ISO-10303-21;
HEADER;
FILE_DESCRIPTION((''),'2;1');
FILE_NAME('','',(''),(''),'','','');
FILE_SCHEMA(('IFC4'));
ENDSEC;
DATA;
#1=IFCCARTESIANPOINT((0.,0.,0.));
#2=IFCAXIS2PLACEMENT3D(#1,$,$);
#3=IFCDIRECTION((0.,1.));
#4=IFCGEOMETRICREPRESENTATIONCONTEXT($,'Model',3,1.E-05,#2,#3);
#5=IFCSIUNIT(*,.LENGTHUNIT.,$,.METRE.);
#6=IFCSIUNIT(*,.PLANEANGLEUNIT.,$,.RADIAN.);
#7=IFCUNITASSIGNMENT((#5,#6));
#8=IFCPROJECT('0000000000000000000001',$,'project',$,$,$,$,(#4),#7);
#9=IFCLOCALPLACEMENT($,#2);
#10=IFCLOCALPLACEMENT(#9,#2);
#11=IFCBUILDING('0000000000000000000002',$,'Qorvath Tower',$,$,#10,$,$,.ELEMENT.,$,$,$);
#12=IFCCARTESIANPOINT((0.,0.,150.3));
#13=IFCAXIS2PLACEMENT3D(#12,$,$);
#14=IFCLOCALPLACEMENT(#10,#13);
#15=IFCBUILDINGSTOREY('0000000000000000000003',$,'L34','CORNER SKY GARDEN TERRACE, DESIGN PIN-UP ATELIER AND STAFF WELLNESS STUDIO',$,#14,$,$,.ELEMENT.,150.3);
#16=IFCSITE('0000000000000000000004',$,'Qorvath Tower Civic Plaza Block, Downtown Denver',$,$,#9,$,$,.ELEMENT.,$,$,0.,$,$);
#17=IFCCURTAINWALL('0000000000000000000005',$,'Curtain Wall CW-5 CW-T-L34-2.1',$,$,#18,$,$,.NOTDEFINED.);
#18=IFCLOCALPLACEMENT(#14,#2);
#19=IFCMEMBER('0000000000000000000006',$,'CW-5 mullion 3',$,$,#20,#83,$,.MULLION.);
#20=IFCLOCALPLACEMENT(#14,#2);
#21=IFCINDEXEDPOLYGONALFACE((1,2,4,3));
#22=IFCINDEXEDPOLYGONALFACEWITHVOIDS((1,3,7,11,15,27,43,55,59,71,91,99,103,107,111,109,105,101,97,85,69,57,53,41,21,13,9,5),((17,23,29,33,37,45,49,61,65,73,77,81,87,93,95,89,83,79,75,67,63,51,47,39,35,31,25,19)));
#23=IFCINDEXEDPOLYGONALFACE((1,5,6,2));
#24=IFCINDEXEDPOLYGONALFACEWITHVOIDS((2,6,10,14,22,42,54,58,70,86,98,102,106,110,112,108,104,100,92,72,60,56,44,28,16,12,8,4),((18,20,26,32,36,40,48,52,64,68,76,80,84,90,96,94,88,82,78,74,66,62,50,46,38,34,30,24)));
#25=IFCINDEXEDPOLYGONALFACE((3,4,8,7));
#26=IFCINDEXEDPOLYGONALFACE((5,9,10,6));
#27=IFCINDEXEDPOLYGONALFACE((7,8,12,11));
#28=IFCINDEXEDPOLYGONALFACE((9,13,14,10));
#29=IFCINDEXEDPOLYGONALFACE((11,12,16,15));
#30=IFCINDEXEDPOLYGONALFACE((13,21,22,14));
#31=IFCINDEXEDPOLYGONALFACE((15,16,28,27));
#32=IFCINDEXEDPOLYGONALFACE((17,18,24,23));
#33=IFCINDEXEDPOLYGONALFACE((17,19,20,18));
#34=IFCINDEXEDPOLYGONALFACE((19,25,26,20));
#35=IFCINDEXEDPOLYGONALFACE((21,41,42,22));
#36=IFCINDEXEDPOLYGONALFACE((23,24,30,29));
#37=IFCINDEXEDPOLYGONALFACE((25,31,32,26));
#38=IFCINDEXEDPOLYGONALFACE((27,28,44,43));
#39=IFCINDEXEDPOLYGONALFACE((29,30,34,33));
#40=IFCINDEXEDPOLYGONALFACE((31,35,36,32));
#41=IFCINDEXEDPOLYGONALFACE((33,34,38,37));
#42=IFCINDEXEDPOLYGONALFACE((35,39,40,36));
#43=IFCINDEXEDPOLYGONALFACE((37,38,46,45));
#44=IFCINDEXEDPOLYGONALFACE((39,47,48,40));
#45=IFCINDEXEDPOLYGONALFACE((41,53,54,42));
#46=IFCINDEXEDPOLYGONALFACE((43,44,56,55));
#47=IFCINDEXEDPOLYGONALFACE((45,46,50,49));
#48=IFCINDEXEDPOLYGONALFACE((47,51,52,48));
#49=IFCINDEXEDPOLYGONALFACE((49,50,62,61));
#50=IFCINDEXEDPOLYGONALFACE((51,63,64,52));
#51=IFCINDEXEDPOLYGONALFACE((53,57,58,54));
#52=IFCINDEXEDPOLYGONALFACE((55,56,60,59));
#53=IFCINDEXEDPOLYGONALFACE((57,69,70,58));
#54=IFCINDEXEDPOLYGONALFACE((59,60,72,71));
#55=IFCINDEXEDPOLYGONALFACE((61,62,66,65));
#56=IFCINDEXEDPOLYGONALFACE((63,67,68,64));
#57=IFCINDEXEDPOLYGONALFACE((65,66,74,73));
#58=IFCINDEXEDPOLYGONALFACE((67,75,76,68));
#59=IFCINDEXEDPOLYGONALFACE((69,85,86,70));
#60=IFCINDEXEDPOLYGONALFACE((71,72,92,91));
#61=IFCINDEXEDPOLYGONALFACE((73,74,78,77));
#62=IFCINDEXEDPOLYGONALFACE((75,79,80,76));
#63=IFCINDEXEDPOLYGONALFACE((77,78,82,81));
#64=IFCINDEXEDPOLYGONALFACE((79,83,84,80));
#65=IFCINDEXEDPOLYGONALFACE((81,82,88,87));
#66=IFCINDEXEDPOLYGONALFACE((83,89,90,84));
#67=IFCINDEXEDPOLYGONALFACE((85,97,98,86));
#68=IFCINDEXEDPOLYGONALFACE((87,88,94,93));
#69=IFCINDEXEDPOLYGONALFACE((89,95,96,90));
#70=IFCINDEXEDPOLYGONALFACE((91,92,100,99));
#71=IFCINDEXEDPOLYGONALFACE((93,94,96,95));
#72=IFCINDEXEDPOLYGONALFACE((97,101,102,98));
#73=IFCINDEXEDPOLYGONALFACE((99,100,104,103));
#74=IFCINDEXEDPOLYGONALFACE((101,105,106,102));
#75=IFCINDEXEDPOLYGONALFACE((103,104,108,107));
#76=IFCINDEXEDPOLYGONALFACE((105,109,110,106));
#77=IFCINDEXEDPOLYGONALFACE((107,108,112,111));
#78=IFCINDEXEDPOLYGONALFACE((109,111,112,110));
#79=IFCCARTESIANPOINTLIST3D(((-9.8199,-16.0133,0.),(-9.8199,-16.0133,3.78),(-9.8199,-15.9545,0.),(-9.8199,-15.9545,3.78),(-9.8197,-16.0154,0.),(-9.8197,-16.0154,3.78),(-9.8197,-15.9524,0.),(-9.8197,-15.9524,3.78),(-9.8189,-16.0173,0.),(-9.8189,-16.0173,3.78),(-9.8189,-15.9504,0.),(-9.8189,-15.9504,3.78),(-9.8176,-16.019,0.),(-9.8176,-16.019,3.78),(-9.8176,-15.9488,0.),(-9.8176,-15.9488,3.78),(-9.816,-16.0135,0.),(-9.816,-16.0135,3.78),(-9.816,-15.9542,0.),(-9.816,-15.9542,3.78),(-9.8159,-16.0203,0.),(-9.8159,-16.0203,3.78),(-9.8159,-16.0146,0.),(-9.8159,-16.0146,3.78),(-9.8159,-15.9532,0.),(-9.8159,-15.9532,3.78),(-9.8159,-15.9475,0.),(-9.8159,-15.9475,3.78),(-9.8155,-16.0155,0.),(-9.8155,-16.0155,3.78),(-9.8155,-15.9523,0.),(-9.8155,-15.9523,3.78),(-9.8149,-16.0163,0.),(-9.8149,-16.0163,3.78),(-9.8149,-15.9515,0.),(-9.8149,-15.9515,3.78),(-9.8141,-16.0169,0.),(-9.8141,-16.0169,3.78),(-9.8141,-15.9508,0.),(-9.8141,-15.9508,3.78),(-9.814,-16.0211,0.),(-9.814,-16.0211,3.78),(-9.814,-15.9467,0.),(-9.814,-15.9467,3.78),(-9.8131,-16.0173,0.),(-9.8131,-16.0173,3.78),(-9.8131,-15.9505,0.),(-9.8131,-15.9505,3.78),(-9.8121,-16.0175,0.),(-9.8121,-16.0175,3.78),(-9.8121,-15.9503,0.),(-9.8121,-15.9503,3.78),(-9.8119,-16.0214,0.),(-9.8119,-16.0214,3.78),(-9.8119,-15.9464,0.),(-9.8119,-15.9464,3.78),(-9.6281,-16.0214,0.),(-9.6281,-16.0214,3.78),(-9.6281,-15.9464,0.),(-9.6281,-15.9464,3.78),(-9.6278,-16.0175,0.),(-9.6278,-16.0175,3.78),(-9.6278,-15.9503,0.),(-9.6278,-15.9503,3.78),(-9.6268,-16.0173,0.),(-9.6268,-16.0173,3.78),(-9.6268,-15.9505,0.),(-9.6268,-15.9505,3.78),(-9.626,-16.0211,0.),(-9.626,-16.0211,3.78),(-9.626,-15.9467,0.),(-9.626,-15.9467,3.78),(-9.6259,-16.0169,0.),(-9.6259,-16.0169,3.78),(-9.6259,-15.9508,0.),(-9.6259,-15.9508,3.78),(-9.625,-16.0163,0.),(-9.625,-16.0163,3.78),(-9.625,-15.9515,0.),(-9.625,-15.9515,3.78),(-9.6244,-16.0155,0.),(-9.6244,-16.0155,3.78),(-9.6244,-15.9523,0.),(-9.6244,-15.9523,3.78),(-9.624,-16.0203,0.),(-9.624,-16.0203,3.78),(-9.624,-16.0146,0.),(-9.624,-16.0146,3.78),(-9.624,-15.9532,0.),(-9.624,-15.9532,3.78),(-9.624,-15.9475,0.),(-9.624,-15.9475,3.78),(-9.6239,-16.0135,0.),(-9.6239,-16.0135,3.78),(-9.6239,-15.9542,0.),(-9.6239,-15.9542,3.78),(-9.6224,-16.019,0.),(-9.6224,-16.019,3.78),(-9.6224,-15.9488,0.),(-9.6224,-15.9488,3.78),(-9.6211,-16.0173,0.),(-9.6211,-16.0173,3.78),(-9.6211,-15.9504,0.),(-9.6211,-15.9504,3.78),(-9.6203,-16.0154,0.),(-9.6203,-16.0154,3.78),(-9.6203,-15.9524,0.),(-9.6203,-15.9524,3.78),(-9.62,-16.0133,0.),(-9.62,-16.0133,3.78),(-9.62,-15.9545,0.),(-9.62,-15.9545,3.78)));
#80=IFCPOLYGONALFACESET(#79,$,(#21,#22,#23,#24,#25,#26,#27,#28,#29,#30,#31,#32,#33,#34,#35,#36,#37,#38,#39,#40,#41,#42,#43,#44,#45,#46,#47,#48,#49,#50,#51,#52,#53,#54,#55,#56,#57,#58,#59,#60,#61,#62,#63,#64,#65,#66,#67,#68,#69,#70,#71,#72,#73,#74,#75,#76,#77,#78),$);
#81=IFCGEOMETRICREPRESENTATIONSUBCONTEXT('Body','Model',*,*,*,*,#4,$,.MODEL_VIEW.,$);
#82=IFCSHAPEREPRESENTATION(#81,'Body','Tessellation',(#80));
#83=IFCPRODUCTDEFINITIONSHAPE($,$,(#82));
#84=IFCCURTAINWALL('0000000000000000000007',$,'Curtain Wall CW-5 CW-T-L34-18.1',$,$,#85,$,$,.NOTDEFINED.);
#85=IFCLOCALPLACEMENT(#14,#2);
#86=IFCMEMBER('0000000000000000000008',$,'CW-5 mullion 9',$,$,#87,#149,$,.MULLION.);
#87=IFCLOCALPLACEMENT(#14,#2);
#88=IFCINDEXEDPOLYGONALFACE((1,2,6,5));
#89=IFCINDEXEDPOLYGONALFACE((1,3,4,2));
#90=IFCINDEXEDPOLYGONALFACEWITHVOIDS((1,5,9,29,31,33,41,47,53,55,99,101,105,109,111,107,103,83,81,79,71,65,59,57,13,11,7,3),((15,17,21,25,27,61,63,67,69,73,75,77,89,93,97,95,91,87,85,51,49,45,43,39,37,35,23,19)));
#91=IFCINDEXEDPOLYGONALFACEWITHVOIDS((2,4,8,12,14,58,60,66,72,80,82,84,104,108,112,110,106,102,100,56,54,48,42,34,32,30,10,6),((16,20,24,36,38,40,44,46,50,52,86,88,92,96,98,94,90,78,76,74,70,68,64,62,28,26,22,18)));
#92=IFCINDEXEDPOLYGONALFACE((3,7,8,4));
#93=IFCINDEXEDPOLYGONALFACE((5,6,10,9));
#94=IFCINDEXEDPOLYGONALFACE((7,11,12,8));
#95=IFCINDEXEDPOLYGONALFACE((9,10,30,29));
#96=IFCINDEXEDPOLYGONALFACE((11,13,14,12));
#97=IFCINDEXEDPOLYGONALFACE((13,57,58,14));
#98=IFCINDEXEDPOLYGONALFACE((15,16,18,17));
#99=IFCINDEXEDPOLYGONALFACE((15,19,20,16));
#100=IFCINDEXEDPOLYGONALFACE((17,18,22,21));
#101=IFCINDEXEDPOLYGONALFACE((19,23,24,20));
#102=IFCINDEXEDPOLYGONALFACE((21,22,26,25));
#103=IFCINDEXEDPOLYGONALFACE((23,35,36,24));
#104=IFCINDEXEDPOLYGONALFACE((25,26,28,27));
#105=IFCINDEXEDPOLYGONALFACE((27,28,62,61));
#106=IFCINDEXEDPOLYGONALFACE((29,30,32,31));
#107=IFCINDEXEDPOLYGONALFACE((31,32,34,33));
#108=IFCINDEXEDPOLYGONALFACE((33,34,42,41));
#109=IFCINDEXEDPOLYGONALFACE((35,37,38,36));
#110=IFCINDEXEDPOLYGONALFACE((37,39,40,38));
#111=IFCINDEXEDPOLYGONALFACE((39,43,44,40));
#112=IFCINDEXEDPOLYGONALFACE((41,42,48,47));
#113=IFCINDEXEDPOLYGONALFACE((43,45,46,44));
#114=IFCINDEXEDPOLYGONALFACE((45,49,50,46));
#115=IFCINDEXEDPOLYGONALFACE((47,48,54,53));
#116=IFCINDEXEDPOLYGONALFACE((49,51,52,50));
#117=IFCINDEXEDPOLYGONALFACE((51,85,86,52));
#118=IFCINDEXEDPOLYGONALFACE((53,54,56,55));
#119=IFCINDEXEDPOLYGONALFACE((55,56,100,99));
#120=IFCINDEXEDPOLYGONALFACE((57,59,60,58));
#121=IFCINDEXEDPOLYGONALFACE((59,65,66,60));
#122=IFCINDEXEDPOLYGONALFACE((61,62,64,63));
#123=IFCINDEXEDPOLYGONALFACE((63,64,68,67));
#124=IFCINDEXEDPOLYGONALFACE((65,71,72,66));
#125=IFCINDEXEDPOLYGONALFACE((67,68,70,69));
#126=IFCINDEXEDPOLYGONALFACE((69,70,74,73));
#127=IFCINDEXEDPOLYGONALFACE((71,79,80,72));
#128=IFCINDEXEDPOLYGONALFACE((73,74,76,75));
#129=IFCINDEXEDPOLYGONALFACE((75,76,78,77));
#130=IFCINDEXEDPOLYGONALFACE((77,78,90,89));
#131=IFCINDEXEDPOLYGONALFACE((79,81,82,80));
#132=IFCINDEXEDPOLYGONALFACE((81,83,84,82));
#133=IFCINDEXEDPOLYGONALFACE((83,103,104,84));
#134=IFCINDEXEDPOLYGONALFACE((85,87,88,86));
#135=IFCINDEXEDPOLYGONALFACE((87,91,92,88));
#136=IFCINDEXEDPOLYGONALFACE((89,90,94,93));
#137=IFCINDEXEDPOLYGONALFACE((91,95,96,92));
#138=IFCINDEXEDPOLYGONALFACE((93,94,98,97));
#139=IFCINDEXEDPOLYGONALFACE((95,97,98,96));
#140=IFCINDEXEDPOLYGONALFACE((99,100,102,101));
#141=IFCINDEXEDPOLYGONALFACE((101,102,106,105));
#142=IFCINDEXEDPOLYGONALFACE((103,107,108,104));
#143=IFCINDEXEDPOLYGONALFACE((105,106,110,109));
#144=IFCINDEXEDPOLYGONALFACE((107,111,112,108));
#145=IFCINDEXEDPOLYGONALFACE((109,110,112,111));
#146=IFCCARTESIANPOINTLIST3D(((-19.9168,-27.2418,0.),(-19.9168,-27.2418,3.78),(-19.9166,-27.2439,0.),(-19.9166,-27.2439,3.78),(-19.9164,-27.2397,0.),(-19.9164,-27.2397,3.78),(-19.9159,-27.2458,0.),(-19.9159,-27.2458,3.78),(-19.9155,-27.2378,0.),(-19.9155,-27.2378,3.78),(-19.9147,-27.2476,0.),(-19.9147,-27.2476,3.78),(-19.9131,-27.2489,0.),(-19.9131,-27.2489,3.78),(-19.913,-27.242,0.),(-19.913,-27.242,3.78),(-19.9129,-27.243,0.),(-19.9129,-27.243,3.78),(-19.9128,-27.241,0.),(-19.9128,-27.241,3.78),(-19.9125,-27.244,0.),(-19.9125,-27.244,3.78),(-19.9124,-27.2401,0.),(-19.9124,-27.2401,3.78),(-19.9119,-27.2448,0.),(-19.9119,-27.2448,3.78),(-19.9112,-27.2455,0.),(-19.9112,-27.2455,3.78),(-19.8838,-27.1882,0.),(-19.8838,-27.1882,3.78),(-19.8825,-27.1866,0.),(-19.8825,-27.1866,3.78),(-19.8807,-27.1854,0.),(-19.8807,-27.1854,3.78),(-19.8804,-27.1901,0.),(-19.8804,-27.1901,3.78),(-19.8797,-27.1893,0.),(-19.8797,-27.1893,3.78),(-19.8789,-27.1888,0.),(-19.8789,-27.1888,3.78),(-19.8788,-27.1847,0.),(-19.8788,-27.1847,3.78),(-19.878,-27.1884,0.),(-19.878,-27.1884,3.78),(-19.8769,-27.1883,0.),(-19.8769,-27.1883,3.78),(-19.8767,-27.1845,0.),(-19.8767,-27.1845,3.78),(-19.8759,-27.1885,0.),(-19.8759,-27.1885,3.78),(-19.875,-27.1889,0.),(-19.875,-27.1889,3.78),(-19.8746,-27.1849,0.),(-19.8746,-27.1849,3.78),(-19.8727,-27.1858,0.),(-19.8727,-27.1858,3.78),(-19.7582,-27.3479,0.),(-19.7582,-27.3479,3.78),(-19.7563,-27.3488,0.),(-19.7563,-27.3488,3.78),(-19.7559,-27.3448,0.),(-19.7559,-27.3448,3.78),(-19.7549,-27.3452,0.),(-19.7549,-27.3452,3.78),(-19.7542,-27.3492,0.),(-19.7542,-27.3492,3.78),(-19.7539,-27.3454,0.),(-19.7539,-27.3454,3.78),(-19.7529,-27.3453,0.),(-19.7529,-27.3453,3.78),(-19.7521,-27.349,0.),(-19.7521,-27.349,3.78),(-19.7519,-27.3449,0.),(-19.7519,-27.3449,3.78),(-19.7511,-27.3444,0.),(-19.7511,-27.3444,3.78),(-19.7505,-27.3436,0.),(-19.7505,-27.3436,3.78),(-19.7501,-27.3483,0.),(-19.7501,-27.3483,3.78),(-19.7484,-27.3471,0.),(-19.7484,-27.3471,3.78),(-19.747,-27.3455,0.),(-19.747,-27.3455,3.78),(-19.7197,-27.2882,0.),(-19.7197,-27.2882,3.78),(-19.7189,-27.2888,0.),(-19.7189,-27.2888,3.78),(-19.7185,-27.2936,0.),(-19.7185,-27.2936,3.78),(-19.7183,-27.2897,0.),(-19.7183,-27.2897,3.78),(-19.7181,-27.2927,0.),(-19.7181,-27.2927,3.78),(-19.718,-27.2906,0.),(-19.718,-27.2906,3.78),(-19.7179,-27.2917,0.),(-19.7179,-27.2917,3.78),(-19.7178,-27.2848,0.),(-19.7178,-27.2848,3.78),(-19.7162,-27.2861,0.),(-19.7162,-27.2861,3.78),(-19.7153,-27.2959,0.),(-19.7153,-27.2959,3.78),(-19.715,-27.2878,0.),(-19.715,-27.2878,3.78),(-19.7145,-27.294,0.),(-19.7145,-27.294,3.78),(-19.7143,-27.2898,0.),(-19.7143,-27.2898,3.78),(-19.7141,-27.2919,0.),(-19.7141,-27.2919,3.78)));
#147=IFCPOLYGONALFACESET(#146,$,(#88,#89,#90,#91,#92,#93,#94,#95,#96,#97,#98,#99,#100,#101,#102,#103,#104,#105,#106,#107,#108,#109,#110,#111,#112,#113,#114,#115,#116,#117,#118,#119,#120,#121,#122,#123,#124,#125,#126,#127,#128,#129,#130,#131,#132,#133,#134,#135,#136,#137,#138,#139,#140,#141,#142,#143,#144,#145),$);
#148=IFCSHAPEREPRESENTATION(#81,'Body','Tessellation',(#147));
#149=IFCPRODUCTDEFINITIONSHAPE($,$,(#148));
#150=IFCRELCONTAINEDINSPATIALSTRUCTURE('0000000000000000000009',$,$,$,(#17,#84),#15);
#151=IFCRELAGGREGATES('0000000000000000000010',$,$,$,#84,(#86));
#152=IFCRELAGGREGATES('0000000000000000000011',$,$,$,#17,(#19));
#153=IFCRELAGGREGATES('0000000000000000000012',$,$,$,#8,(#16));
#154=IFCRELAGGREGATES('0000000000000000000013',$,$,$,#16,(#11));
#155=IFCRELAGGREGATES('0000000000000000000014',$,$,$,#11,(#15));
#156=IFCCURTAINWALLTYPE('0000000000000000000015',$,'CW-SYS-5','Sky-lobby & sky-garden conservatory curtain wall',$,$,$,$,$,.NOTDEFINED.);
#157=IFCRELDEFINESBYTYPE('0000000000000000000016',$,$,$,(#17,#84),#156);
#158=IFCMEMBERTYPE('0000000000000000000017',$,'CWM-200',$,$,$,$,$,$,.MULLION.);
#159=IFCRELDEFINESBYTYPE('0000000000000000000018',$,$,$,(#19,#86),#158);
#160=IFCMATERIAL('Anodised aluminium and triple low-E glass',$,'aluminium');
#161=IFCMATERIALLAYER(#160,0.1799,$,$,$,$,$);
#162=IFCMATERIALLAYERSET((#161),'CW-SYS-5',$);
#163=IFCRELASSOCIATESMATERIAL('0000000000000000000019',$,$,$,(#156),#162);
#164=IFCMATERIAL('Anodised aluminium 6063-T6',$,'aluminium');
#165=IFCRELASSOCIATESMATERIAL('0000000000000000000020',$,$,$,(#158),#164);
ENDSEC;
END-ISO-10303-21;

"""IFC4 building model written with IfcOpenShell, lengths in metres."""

from ifc_helpers import new_model, si_unit, direction, frame, origin, origin_2d, place, context, subcontext, project, spatial, hollow_rectangle, extrude, material, layer, layer_set, material_profile, profile_set, type_object, element, aggregate, save


model = new_model("IFC4")

# Units and contexts
model_context = context("Model", 3, precision=1e-05, world=origin(), true_north=direction((0.0, 1.0)))
body_context = subcontext(model_context, "Body", "Model", "MODEL_VIEW")
ifc_project = project(units=[si_unit("LENGTHUNIT", "METRE"), si_unit("PLANEANGLEUNIT", "RADIAN")], contexts=[model_context])

# Site, building, storey
site_placement = place(None, origin())
site = spatial("IfcSite", under=ifc_project, at=site_placement, Name="Qorvath Tower Civic Plaza Block, Downtown Denver", CompositionType="ELEMENT", RefElevation=0.0)
building_placement = place(site_placement, origin())
building = spatial("IfcBuilding", under=site, at=building_placement, Name="Qorvath Tower", CompositionType="ELEMENT")
storey_placement = place(building_placement, frame((0.0, 0.0, 150.3)))
storey = spatial("IfcBuildingStorey", under=building, at=storey_placement, Name="L34", Description="CORNER SKY GARDEN TERRACE, DESIGN PIN-UP ATELIER AND STAFF WELLNESS STUDIO", CompositionType="ELEMENT", Elevation=150.3)

# Curtain wall, member
ifc_material_1 = material(Name="Anodised aluminium and triple low-E glass", Category="aluminium")
ifc_layer_1 = layer(ifc_material_1, 0.1799)
ifc_layer_set_1 = layer_set([ifc_layer_1], Name="CW-SYS-5")
curtain_wall_type = type_object("IfcCurtainWallType", Name="CW-SYS-5", Description="Sky-lobby & sky-garden conservatory curtain wall", PredefinedType="NOTDEFINED", material=ifc_layer_set_1)
curtain_wall_1_placement = place(storey_placement, origin())
curtain_wall_1 = element("IfcCurtainWall", 1, at=curtain_wall_1_placement, inside=storey, type_object=curtain_wall_type, Name="Curtain Wall CW-5 CW-T-L34-2.1", PredefinedType="NOTDEFINED")
ifc_material_2 = material(Name="Anodised aluminium 6063-T6", Category="aluminium")
ifc_material_profile_1 = material_profile(ifc_material_2, hollow_rectangle(XDim=0.075, YDim=0.2, WallThickness=0.0039, InnerFilletRadius=0.0039, OuterFilletRadius=0.0081, at=origin_2d()), Name="CWM 200x75")
ifc_profile_set_1 = profile_set([ifc_material_profile_1], Name="Anodised aluminium 6063-T6")
member_type_1 = type_object("IfcMemberType", Name="CWM-200", PredefinedType="MULLION", material=ifc_profile_set_1)
member_1_placement = place(storey_placement, frame((-9.72, -15.9839, 0.0), z_axis=(0.0, 0.0, 1.0), x_axis=(0.0, 1.0, 0.0)))
member_1 = element("IfcMember", 2, at=member_1_placement, type_object=member_type_1, Name="CW-5 mullion 3", PredefinedType="MULLION", context=body_context, shape_type="SweptSolid", body=[
    extrude(hollow_rectangle(XDim=0.075, YDim=0.2, WallThickness=0.0039, InnerFilletRadius=0.0039, OuterFilletRadius=0.0081, at=origin_2d()), origin(), (0.0, 0.0, 1.0), 3.78),
])

# Curtain wall, member
curtain_wall_2_placement = place(storey_placement, origin())
curtain_wall_2 = element("IfcCurtainWall", 3, at=curtain_wall_2_placement, inside=storey, type_object=curtain_wall_type, Name="Curtain Wall CW-5 CW-T-L34-18.1", PredefinedType="NOTDEFINED")
member_2_placement = place(storey_placement, frame((-19.8154, -27.2668, 0.0), z_axis=(0.0, 0.0, 1.0), x_axis=(0.538536, 0.842602, 0.0)))
member_2 = element("IfcMember", 4, at=member_2_placement, type_object=member_type_1, Name="CW-5 mullion 9", PredefinedType="MULLION", context=body_context, shape_type="SweptSolid", body=[
    extrude(hollow_rectangle(XDim=0.075, YDim=0.2, WallThickness=0.0039, InnerFilletRadius=0.0039, OuterFilletRadius=0.0081, at=origin_2d()), origin(), (0.0, 0.0, 1.0), 3.78),
])
aggregate(curtain_wall_2, [member_2])

aggregate(curtain_wall_1, [member_1])

save(model, "model.ifc")
